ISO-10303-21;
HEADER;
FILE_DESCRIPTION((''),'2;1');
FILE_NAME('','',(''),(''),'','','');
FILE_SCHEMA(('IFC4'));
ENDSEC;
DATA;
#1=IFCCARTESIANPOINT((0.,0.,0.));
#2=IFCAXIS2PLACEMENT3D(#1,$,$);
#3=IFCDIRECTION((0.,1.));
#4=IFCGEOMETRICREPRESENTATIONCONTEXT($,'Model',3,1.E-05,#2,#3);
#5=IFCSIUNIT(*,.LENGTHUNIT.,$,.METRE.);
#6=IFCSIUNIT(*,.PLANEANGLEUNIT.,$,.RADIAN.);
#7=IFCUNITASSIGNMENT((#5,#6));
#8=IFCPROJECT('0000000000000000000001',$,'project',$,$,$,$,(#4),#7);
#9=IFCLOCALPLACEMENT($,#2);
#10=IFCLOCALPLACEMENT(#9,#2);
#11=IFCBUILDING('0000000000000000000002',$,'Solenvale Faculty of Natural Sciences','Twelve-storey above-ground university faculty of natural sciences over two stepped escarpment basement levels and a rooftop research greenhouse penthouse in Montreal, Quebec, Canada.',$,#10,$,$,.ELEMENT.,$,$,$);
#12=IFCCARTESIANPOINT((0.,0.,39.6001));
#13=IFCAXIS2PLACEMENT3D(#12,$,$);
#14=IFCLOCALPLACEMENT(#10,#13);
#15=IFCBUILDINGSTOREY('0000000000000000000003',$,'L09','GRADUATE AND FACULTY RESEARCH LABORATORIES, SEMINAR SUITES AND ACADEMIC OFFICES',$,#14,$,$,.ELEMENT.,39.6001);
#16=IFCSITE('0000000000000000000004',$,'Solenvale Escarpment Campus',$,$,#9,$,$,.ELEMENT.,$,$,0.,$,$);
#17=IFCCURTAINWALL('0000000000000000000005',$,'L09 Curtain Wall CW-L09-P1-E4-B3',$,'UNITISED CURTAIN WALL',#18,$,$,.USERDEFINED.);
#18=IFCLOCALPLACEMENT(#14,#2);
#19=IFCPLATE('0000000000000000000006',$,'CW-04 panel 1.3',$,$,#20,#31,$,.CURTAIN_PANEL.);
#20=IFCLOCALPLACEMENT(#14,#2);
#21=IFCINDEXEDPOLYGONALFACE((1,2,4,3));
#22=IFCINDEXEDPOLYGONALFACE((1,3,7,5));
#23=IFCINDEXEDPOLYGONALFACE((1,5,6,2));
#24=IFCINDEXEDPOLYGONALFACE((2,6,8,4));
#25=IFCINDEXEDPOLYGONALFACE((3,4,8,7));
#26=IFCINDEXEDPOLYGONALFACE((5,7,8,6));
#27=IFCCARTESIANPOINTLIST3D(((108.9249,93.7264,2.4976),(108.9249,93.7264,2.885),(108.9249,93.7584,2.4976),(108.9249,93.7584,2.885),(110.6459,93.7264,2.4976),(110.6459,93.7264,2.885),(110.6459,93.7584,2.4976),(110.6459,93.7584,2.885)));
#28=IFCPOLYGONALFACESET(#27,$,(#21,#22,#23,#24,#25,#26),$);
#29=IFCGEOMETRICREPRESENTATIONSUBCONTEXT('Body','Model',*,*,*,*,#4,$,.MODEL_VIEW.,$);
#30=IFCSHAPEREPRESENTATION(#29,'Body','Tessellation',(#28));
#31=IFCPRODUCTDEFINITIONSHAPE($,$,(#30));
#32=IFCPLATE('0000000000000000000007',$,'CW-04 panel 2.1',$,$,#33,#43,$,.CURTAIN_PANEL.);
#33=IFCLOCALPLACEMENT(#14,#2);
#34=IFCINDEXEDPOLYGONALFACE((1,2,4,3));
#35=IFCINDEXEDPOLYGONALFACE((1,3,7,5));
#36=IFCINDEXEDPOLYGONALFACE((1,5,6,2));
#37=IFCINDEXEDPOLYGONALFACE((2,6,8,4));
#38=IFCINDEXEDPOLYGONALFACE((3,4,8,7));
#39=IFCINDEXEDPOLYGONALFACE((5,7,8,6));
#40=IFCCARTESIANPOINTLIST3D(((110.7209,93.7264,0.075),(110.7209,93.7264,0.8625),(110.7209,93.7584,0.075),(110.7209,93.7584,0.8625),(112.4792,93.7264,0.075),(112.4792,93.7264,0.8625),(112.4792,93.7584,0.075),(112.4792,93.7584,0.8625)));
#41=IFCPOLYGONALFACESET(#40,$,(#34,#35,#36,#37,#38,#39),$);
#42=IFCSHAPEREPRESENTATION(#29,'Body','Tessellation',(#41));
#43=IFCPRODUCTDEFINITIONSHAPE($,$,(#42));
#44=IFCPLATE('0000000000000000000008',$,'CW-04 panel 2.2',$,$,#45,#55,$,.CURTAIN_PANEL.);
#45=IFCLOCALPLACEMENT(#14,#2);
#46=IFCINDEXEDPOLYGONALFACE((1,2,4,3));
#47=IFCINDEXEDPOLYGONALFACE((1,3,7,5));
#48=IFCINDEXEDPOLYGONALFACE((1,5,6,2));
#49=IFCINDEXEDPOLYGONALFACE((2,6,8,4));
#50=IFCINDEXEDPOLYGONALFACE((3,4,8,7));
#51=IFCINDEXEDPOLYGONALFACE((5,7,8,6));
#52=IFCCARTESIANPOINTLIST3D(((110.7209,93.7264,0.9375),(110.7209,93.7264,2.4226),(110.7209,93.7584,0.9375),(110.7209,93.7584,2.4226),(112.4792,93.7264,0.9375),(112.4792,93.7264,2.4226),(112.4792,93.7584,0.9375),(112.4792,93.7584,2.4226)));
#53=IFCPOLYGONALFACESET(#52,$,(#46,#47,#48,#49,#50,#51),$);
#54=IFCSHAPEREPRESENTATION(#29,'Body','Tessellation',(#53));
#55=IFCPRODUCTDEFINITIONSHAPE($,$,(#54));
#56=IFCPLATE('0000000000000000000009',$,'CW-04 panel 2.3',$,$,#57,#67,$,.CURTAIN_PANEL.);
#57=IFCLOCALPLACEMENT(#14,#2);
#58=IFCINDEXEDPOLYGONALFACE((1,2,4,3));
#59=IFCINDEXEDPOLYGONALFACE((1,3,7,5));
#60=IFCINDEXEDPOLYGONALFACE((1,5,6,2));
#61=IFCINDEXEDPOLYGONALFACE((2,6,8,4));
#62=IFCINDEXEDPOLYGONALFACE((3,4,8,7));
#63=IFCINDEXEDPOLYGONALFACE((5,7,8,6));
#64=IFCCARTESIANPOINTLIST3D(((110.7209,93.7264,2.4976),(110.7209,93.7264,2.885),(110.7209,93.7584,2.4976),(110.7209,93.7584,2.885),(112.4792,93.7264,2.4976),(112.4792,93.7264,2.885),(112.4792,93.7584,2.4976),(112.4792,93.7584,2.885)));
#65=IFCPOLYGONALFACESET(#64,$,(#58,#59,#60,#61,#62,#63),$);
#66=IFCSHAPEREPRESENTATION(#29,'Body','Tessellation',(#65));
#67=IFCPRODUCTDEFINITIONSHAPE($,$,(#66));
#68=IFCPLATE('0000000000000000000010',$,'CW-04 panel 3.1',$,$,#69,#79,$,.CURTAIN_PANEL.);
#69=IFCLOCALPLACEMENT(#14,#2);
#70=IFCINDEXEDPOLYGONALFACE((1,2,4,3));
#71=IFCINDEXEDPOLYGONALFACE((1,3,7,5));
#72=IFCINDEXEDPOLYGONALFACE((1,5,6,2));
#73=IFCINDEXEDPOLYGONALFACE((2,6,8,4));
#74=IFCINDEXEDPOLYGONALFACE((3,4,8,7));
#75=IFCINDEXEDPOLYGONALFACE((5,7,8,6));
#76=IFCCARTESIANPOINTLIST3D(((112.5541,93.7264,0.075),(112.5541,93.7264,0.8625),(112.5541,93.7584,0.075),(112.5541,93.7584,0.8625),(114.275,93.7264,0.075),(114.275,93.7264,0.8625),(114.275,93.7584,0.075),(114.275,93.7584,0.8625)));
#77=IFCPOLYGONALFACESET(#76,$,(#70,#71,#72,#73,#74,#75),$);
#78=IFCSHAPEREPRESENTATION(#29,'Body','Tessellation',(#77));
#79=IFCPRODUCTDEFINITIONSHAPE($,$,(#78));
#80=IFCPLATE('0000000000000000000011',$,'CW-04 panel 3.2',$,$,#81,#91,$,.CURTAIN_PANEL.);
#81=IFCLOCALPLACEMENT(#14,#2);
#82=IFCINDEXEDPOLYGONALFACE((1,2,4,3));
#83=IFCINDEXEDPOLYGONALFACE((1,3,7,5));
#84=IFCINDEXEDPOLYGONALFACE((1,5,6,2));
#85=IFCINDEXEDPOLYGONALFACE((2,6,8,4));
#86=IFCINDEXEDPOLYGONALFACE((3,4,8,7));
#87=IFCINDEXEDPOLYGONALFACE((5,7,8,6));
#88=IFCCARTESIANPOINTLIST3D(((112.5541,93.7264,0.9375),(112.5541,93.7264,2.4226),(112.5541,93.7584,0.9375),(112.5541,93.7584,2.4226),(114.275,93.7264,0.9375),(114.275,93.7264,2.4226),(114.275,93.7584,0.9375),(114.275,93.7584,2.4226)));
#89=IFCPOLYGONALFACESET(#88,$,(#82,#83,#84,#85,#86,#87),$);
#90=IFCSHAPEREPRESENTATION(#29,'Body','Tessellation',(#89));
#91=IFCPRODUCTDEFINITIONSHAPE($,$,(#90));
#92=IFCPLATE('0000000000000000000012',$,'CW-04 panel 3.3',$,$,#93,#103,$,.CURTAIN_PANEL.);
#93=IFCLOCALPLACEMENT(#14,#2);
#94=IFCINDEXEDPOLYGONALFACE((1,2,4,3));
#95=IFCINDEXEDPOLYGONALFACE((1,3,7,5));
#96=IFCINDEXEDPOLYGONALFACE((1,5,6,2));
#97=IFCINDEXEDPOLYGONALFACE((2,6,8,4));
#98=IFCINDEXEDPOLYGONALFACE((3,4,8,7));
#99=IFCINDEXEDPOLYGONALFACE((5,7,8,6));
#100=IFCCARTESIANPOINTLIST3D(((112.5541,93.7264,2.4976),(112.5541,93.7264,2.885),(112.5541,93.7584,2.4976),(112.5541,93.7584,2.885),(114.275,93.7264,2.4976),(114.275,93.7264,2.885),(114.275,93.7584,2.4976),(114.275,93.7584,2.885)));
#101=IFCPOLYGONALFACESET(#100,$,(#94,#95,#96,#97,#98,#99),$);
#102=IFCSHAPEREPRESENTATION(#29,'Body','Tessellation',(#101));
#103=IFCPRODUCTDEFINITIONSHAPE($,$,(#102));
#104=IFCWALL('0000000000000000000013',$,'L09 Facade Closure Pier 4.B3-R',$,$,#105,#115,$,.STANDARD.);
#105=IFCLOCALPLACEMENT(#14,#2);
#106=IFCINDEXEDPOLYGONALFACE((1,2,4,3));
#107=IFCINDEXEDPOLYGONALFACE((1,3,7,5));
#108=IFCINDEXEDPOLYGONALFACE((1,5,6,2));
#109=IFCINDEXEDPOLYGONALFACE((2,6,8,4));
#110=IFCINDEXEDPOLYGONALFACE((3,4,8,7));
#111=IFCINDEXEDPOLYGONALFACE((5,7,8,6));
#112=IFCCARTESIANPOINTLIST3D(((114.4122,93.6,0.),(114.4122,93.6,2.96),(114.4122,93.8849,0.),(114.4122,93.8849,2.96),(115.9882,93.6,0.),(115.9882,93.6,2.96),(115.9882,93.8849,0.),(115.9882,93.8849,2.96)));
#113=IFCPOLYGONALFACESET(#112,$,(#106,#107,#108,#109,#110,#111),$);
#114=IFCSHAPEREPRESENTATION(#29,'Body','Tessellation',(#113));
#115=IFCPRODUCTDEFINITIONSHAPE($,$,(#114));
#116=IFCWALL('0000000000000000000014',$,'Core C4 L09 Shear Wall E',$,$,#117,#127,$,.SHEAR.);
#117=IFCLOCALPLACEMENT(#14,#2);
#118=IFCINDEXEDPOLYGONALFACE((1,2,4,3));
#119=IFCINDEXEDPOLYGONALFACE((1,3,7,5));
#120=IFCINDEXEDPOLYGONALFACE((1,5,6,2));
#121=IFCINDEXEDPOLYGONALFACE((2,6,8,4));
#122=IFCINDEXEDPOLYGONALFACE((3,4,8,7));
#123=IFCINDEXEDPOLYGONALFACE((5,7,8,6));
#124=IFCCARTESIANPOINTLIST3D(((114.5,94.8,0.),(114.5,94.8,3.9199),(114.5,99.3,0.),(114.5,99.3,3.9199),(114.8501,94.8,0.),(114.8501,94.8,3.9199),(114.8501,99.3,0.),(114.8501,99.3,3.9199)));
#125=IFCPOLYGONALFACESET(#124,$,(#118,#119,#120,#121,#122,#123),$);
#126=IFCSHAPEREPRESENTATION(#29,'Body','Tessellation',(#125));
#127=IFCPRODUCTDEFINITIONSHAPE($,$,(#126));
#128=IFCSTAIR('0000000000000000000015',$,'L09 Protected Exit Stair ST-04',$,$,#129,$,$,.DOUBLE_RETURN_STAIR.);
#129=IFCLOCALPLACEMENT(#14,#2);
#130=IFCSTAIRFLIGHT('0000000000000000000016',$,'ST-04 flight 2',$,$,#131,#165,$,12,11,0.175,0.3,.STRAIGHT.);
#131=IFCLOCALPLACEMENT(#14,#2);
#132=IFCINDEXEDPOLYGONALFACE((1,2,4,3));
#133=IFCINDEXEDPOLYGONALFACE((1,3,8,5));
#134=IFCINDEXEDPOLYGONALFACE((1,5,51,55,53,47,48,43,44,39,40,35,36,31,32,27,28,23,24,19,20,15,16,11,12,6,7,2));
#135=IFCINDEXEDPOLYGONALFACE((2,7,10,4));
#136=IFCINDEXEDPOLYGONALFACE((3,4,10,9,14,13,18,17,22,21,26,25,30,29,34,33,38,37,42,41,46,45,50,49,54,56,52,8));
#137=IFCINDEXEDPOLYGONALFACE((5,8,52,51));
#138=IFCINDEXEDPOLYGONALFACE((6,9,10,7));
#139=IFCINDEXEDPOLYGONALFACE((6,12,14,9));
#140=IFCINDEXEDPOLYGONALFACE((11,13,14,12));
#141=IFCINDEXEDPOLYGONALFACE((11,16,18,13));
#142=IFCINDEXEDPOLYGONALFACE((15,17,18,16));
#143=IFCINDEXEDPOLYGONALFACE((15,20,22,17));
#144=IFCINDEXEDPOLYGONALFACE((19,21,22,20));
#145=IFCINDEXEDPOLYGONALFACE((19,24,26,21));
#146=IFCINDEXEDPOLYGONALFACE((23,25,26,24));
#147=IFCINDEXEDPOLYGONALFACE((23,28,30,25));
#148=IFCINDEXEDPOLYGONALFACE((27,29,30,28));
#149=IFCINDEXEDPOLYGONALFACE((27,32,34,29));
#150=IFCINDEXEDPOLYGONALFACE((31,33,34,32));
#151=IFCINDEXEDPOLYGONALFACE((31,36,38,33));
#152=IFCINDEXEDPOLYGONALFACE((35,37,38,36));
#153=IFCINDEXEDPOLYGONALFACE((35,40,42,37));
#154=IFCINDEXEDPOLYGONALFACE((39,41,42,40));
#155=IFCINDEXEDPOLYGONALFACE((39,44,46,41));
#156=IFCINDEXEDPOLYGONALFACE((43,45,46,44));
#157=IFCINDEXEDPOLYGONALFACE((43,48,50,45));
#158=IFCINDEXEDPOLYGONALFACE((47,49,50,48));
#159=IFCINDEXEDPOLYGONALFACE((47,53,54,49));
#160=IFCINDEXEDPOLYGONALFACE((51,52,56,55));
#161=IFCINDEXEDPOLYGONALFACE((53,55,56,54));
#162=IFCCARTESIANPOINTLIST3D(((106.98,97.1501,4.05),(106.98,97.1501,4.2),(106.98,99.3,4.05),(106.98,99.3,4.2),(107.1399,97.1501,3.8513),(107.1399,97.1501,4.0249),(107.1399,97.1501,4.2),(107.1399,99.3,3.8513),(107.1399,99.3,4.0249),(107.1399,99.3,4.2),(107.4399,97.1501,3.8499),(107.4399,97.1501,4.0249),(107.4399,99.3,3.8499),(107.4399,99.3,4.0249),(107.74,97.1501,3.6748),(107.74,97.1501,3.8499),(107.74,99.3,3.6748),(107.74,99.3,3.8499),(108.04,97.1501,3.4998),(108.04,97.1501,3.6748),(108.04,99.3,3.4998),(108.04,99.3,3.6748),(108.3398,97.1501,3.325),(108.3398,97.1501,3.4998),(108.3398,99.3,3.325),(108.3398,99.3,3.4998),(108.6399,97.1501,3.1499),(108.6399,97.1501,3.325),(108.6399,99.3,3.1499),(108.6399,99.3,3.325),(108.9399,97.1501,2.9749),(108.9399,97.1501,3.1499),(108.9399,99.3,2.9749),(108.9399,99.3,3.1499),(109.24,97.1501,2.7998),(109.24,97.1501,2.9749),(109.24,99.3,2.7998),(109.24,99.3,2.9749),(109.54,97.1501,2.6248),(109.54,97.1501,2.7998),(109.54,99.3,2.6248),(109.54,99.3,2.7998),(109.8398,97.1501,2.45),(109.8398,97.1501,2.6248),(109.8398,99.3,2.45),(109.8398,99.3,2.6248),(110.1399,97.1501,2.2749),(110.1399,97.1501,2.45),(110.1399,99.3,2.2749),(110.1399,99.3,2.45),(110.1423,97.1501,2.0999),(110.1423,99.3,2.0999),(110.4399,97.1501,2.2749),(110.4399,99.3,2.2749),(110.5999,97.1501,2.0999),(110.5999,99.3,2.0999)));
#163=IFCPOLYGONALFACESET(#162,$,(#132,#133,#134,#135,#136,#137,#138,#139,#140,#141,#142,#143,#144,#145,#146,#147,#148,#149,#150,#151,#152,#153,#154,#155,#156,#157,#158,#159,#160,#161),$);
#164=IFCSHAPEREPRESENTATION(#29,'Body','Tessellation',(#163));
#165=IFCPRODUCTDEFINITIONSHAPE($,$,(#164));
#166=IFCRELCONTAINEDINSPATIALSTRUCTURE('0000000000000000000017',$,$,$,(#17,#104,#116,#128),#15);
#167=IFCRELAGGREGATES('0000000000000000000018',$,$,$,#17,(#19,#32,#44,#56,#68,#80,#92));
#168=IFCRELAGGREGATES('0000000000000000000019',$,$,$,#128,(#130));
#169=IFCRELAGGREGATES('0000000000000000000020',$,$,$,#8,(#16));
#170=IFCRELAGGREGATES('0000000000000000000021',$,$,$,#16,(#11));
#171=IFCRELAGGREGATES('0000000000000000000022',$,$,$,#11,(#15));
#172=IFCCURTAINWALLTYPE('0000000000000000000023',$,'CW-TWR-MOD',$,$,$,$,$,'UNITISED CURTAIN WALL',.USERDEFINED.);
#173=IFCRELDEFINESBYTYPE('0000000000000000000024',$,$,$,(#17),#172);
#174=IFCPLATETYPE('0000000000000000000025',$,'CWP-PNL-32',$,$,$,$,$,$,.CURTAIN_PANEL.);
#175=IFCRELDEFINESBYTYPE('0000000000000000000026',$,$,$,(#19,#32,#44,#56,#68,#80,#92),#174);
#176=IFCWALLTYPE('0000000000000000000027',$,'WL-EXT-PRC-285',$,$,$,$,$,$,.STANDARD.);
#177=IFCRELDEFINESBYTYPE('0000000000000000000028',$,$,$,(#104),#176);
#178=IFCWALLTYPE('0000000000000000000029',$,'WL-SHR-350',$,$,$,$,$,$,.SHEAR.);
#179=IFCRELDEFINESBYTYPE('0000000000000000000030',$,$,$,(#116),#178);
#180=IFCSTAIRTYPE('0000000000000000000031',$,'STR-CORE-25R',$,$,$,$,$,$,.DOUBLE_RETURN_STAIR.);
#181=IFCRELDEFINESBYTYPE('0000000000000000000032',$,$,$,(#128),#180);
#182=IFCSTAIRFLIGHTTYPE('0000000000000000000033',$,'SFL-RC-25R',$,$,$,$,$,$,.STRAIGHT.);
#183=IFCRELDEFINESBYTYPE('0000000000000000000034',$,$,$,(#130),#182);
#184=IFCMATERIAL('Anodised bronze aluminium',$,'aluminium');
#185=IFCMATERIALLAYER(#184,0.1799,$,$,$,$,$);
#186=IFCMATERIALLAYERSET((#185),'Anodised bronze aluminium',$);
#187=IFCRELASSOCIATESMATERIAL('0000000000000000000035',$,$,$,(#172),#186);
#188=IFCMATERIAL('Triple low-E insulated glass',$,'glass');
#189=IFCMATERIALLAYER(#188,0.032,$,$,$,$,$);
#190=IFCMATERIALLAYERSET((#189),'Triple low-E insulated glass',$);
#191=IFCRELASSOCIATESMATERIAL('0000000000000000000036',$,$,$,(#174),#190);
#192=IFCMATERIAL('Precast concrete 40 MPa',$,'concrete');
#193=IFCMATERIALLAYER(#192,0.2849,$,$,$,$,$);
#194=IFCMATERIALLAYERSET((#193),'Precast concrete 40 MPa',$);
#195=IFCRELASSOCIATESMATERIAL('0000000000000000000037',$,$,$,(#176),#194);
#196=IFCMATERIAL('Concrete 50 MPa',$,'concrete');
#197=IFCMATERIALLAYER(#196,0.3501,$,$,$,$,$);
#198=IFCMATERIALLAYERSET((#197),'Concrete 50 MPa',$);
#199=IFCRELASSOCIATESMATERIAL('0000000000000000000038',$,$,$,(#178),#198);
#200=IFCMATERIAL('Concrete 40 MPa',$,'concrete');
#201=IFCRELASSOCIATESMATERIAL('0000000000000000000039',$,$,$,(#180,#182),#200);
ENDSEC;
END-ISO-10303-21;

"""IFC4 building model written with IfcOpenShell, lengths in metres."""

from ifc_helpers import new_model, si_unit, direction, frame, frame_2d, origin, origin_2d, place, context, subcontext, project, spatial, polyline, rectangle, outline, extrude, material, layer, layer_set, type_object, element, aggregate, save


model = new_model("IFC4")

# Units and contexts
model_context = context("Model", 3, precision=1e-05, world=origin(), true_north=direction((0.0, 1.0)))
body_context = subcontext(model_context, "Body", "Model", "MODEL_VIEW")
ifc_project = project(units=[si_unit("LENGTHUNIT", "METRE"), si_unit("PLANEANGLEUNIT", "RADIAN")], contexts=[model_context])

# Site, building, storey
site_placement = place(None, origin())
site = spatial("IfcSite", under=ifc_project, at=site_placement, Name="Solenvale Escarpment Campus", CompositionType="ELEMENT", RefElevation=0.0)
building_placement = place(site_placement, origin())
building = spatial("IfcBuilding", under=site, at=building_placement, Name="Solenvale Faculty of Natural Sciences", Description="Twelve-storey above-ground university faculty of natural sciences over two stepped escarpment basement levels and a rooftop research greenhouse penthouse in Montreal, Quebec, Canada.", CompositionType="ELEMENT")
storey_placement = place(building_placement, frame((0.0, 0.0, 39.6001)))
storey = spatial("IfcBuildingStorey", under=building, at=storey_placement, Name="L09", Description="GRADUATE AND FACULTY RESEARCH LABORATORIES, SEMINAR SUITES AND ACADEMIC OFFICES", CompositionType="ELEMENT", Elevation=39.6001)

# Shared definitions
ifc_material_1 = material(Name="Concrete 40 MPa", Category="concrete")

# Curtain wall, plates
ifc_material_2 = material(Name="Anodised bronze aluminium", Category="aluminium")
ifc_layer_1 = layer(ifc_material_2, 0.1799)
ifc_layer_set_1 = layer_set([ifc_layer_1], Name="Anodised bronze aluminium")
curtain_wall_type = type_object("IfcCurtainWallType", Name="CW-TWR-MOD", ElementType="UNITISED CURTAIN WALL", PredefinedType="USERDEFINED", material=ifc_layer_set_1)
curtain_wall_placement = place(storey_placement, origin())
curtain_wall = element("IfcCurtainWall", 1, at=curtain_wall_placement, inside=storey, type_object=curtain_wall_type, Name="L09 Curtain Wall CW-L09-P1-E4-B3", ObjectType="UNITISED CURTAIN WALL", PredefinedType="USERDEFINED")
ifc_material_3 = material(Name="Triple low-E insulated glass", Category="glass")
ifc_layer_2 = layer(ifc_material_3, 0.032)
ifc_layer_set_2 = layer_set([ifc_layer_2], Name="Triple low-E insulated glass")
plate_type = type_object("IfcPlateType", Name="CWP-PNL-32", PredefinedType="CURTAIN_PANEL", material=ifc_layer_set_2)
plate_1_placement = place(storey_placement, frame((109.7854, 93.7424, 2.4976), z_axis=(0.0, 0.0, 1.0), x_axis=(1.0, 0.0, 0.0)))
plate_1 = element("IfcPlate", 2, at=plate_1_placement, type_object=plate_type, Name="CW-04 panel 1.3", PredefinedType="CURTAIN_PANEL", context=body_context, shape_type="SweptSolid", body=[
    extrude(rectangle(XDim=1.7209, YDim=0.032, at=origin_2d()), origin(), (0.0, 0.0, 1.0), 0.3875),
])
plate_2_placement = place(storey_placement, frame((111.6001, 93.7424, 0.075), z_axis=(0.0, 0.0, 1.0), x_axis=(1.0, 0.0, 0.0)))
plate_2 = element("IfcPlate", 3, at=plate_2_placement, type_object=plate_type, Name="CW-04 panel 2.1", PredefinedType="CURTAIN_PANEL", context=body_context, shape_type="SweptSolid", body=[
    extrude(rectangle(XDim=1.7583, YDim=0.032, at=origin_2d()), origin(), (0.0, 0.0, 1.0), 0.7876),
])
plate_3_placement = place(storey_placement, frame((111.6001, 93.7424, 0.9375), z_axis=(0.0, 0.0, 1.0), x_axis=(1.0, 0.0, 0.0)))
plate_3 = element("IfcPlate", 4, at=plate_3_placement, type_object=plate_type, Name="CW-04 panel 2.2", PredefinedType="CURTAIN_PANEL", context=body_context, shape_type="SweptSolid", body=[
    extrude(rectangle(XDim=1.7583, YDim=0.032, at=origin_2d()), origin(), (0.0, 0.0, 1.0), 1.4851),
])
plate_4_placement = place(storey_placement, frame((111.6001, 93.7424, 2.4976), z_axis=(0.0, 0.0, 1.0), x_axis=(1.0, 0.0, 0.0)))
plate_4 = element("IfcPlate", 5, at=plate_4_placement, type_object=plate_type, Name="CW-04 panel 2.3", PredefinedType="CURTAIN_PANEL", context=body_context, shape_type="SweptSolid", body=[
    extrude(rectangle(XDim=1.7583, YDim=0.032, at=origin_2d()), origin(), (0.0, 0.0, 1.0), 0.3875),
])
plate_5_placement = place(storey_placement, frame((113.4146, 93.7424, 0.075), z_axis=(0.0, 0.0, 1.0), x_axis=(1.0, 0.0, 0.0)))
plate_5 = element("IfcPlate", 6, at=plate_5_placement, type_object=plate_type, Name="CW-04 panel 3.1", PredefinedType="CURTAIN_PANEL", context=body_context, shape_type="SweptSolid", body=[
    extrude(rectangle(XDim=1.7209, YDim=0.032, at=origin_2d()), origin(), (0.0, 0.0, 1.0), 0.7876),
])
plate_6_placement = place(storey_placement, frame((113.4146, 93.7424, 0.9375), z_axis=(0.0, 0.0, 1.0), x_axis=(1.0, 0.0, 0.0)))
plate_6 = element("IfcPlate", 7, at=plate_6_placement, type_object=plate_type, Name="CW-04 panel 3.2", PredefinedType="CURTAIN_PANEL", context=body_context, shape_type="SweptSolid", body=[
    extrude(rectangle(XDim=1.7209, YDim=0.032, at=origin_2d()), origin(), (0.0, 0.0, 1.0), 1.4851),
])
plate_7_placement = place(storey_placement, frame((113.4146, 93.7424, 2.4976), z_axis=(0.0, 0.0, 1.0), x_axis=(1.0, 0.0, 0.0)))
plate_7 = element("IfcPlate", 8, at=plate_7_placement, type_object=plate_type, Name="CW-04 panel 3.3", PredefinedType="CURTAIN_PANEL", context=body_context, shape_type="SweptSolid", body=[
    extrude(rectangle(XDim=1.7209, YDim=0.032, at=origin_2d()), origin(), (0.0, 0.0, 1.0), 0.3875),
])
aggregate(curtain_wall, [plate_1, plate_2, plate_3, plate_4, plate_5, plate_6, plate_7])

# Walls
ifc_material_4 = material(Name="Precast concrete 40 MPa", Category="concrete")
ifc_layer_3 = layer(ifc_material_4, 0.2849)
ifc_layer_set_3 = layer_set([ifc_layer_3], Name="Precast concrete 40 MPa")
wall_type_1 = type_object("IfcWallType", Name="WL-EXT-PRC-285", PredefinedType="STANDARD", material=ifc_layer_set_3)
wall_1_placement = place(storey_placement, frame((114.4121, 93.7424, 0.0), z_axis=(0.0, 0.0, 1.0), x_axis=(1.0, 0.0, 0.0)))
element("IfcWall", 9, at=wall_1_placement, inside=storey, type_object=wall_type_1, Name="L09 Facade Closure Pier 4.B3-R", PredefinedType="STANDARD", context=body_context, shape_type="SweptSolid", body=[
    extrude(rectangle(XDim=1.5759, YDim=0.2849, at=frame_2d((0.7881, 0.0))), origin(), (0.0, 0.0, 1.0), 2.96),
])
ifc_material_5 = material(Name="Concrete 50 MPa", Category="concrete")
ifc_layer_4 = layer(ifc_material_5, 0.3501)
ifc_layer_set_4 = layer_set([ifc_layer_4], Name="Concrete 50 MPa")
wall_type_2 = type_object("IfcWallType", Name="WL-SHR-350", PredefinedType="SHEAR", material=ifc_layer_set_4)
wall_2_placement = place(storey_placement, frame((114.675, 94.8, 0.0), z_axis=(0.0, 0.0, 1.0), x_axis=(0.0, 1.0, 0.0)))
element("IfcWall", 10, at=wall_2_placement, inside=storey, type_object=wall_type_2, Name="Core C4 L09 Shear Wall E", PredefinedType="SHEAR", context=body_context, shape_type="SweptSolid", body=[
    extrude(rectangle(XDim=4.5, YDim=0.3501, at=frame_2d((2.25, 0.0))), origin(), (0.0, 0.0, 1.0), 3.9199),
])

# Stair, stair flight
stair_type = type_object("IfcStairType", Name="STR-CORE-25R", PredefinedType="DOUBLE_RETURN_STAIR", material=ifc_material_1)
stair_placement = place(storey_placement, origin())
stair = element("IfcStair", 11, at=stair_placement, inside=storey, type_object=stair_type, Name="L09 Protected Exit Stair ST-04", PredefinedType="DOUBLE_RETURN_STAIR")
stair_flight_type = type_object("IfcStairFlightType", Name="SFL-RC-25R", PredefinedType="STRAIGHT", material=ifc_material_1)
stair_flight_placement = place(storey_placement, frame((110.4399, 98.2251, 2.0999), z_axis=(0.0, 0.0, 1.0), x_axis=(-1.0, 0.0, 0.0)))
stair_flight = element("IfcStairFlight", 12, at=stair_flight_placement, type_object=stair_flight_type, Name="ST-04 flight 2", NumberOfRisers=12, NumberOfTreads=11, PredefinedType="STRAIGHT", RiserHeight=0.175, TreadLength=0.3, context=body_context, shape_type="SweptSolid", body=[
    extrude(outline(polyline([(-0.1599, 0.0), (0.0, 0.175), (0.3, 0.175), (0.3, 0.3501), (0.6001, 0.3501), (0.6001, 0.5249), (0.8999, 0.5249), (0.8999, 0.7), (1.2, 0.7), (1.2, 0.875), (1.5, 0.875), (1.5, 1.05), (1.8, 1.05), (1.8, 1.2251), (2.1001, 1.2251), (2.1001, 1.3999), (2.3999, 1.3999), (2.3999, 1.575), (2.7, 1.575), (2.7, 1.75), (3.0, 1.75), (3.0, 1.925), (3.3, 1.925), (3.3, 2.1001), (3.46, 2.1001), (3.46, 1.9502), (3.3, 1.7515), (0.2976, 0.0), (-0.1599, 0.0)])), frame((0.0, 1.075, 0.0), z_axis=(0.0, -1.0, 0.0), x_axis=(1.0, 0.0, 0.0)), (0.0, 0.0, 1.0), 2.1499),
])
aggregate(stair, [stair_flight])

save(model, "model.ifc")
